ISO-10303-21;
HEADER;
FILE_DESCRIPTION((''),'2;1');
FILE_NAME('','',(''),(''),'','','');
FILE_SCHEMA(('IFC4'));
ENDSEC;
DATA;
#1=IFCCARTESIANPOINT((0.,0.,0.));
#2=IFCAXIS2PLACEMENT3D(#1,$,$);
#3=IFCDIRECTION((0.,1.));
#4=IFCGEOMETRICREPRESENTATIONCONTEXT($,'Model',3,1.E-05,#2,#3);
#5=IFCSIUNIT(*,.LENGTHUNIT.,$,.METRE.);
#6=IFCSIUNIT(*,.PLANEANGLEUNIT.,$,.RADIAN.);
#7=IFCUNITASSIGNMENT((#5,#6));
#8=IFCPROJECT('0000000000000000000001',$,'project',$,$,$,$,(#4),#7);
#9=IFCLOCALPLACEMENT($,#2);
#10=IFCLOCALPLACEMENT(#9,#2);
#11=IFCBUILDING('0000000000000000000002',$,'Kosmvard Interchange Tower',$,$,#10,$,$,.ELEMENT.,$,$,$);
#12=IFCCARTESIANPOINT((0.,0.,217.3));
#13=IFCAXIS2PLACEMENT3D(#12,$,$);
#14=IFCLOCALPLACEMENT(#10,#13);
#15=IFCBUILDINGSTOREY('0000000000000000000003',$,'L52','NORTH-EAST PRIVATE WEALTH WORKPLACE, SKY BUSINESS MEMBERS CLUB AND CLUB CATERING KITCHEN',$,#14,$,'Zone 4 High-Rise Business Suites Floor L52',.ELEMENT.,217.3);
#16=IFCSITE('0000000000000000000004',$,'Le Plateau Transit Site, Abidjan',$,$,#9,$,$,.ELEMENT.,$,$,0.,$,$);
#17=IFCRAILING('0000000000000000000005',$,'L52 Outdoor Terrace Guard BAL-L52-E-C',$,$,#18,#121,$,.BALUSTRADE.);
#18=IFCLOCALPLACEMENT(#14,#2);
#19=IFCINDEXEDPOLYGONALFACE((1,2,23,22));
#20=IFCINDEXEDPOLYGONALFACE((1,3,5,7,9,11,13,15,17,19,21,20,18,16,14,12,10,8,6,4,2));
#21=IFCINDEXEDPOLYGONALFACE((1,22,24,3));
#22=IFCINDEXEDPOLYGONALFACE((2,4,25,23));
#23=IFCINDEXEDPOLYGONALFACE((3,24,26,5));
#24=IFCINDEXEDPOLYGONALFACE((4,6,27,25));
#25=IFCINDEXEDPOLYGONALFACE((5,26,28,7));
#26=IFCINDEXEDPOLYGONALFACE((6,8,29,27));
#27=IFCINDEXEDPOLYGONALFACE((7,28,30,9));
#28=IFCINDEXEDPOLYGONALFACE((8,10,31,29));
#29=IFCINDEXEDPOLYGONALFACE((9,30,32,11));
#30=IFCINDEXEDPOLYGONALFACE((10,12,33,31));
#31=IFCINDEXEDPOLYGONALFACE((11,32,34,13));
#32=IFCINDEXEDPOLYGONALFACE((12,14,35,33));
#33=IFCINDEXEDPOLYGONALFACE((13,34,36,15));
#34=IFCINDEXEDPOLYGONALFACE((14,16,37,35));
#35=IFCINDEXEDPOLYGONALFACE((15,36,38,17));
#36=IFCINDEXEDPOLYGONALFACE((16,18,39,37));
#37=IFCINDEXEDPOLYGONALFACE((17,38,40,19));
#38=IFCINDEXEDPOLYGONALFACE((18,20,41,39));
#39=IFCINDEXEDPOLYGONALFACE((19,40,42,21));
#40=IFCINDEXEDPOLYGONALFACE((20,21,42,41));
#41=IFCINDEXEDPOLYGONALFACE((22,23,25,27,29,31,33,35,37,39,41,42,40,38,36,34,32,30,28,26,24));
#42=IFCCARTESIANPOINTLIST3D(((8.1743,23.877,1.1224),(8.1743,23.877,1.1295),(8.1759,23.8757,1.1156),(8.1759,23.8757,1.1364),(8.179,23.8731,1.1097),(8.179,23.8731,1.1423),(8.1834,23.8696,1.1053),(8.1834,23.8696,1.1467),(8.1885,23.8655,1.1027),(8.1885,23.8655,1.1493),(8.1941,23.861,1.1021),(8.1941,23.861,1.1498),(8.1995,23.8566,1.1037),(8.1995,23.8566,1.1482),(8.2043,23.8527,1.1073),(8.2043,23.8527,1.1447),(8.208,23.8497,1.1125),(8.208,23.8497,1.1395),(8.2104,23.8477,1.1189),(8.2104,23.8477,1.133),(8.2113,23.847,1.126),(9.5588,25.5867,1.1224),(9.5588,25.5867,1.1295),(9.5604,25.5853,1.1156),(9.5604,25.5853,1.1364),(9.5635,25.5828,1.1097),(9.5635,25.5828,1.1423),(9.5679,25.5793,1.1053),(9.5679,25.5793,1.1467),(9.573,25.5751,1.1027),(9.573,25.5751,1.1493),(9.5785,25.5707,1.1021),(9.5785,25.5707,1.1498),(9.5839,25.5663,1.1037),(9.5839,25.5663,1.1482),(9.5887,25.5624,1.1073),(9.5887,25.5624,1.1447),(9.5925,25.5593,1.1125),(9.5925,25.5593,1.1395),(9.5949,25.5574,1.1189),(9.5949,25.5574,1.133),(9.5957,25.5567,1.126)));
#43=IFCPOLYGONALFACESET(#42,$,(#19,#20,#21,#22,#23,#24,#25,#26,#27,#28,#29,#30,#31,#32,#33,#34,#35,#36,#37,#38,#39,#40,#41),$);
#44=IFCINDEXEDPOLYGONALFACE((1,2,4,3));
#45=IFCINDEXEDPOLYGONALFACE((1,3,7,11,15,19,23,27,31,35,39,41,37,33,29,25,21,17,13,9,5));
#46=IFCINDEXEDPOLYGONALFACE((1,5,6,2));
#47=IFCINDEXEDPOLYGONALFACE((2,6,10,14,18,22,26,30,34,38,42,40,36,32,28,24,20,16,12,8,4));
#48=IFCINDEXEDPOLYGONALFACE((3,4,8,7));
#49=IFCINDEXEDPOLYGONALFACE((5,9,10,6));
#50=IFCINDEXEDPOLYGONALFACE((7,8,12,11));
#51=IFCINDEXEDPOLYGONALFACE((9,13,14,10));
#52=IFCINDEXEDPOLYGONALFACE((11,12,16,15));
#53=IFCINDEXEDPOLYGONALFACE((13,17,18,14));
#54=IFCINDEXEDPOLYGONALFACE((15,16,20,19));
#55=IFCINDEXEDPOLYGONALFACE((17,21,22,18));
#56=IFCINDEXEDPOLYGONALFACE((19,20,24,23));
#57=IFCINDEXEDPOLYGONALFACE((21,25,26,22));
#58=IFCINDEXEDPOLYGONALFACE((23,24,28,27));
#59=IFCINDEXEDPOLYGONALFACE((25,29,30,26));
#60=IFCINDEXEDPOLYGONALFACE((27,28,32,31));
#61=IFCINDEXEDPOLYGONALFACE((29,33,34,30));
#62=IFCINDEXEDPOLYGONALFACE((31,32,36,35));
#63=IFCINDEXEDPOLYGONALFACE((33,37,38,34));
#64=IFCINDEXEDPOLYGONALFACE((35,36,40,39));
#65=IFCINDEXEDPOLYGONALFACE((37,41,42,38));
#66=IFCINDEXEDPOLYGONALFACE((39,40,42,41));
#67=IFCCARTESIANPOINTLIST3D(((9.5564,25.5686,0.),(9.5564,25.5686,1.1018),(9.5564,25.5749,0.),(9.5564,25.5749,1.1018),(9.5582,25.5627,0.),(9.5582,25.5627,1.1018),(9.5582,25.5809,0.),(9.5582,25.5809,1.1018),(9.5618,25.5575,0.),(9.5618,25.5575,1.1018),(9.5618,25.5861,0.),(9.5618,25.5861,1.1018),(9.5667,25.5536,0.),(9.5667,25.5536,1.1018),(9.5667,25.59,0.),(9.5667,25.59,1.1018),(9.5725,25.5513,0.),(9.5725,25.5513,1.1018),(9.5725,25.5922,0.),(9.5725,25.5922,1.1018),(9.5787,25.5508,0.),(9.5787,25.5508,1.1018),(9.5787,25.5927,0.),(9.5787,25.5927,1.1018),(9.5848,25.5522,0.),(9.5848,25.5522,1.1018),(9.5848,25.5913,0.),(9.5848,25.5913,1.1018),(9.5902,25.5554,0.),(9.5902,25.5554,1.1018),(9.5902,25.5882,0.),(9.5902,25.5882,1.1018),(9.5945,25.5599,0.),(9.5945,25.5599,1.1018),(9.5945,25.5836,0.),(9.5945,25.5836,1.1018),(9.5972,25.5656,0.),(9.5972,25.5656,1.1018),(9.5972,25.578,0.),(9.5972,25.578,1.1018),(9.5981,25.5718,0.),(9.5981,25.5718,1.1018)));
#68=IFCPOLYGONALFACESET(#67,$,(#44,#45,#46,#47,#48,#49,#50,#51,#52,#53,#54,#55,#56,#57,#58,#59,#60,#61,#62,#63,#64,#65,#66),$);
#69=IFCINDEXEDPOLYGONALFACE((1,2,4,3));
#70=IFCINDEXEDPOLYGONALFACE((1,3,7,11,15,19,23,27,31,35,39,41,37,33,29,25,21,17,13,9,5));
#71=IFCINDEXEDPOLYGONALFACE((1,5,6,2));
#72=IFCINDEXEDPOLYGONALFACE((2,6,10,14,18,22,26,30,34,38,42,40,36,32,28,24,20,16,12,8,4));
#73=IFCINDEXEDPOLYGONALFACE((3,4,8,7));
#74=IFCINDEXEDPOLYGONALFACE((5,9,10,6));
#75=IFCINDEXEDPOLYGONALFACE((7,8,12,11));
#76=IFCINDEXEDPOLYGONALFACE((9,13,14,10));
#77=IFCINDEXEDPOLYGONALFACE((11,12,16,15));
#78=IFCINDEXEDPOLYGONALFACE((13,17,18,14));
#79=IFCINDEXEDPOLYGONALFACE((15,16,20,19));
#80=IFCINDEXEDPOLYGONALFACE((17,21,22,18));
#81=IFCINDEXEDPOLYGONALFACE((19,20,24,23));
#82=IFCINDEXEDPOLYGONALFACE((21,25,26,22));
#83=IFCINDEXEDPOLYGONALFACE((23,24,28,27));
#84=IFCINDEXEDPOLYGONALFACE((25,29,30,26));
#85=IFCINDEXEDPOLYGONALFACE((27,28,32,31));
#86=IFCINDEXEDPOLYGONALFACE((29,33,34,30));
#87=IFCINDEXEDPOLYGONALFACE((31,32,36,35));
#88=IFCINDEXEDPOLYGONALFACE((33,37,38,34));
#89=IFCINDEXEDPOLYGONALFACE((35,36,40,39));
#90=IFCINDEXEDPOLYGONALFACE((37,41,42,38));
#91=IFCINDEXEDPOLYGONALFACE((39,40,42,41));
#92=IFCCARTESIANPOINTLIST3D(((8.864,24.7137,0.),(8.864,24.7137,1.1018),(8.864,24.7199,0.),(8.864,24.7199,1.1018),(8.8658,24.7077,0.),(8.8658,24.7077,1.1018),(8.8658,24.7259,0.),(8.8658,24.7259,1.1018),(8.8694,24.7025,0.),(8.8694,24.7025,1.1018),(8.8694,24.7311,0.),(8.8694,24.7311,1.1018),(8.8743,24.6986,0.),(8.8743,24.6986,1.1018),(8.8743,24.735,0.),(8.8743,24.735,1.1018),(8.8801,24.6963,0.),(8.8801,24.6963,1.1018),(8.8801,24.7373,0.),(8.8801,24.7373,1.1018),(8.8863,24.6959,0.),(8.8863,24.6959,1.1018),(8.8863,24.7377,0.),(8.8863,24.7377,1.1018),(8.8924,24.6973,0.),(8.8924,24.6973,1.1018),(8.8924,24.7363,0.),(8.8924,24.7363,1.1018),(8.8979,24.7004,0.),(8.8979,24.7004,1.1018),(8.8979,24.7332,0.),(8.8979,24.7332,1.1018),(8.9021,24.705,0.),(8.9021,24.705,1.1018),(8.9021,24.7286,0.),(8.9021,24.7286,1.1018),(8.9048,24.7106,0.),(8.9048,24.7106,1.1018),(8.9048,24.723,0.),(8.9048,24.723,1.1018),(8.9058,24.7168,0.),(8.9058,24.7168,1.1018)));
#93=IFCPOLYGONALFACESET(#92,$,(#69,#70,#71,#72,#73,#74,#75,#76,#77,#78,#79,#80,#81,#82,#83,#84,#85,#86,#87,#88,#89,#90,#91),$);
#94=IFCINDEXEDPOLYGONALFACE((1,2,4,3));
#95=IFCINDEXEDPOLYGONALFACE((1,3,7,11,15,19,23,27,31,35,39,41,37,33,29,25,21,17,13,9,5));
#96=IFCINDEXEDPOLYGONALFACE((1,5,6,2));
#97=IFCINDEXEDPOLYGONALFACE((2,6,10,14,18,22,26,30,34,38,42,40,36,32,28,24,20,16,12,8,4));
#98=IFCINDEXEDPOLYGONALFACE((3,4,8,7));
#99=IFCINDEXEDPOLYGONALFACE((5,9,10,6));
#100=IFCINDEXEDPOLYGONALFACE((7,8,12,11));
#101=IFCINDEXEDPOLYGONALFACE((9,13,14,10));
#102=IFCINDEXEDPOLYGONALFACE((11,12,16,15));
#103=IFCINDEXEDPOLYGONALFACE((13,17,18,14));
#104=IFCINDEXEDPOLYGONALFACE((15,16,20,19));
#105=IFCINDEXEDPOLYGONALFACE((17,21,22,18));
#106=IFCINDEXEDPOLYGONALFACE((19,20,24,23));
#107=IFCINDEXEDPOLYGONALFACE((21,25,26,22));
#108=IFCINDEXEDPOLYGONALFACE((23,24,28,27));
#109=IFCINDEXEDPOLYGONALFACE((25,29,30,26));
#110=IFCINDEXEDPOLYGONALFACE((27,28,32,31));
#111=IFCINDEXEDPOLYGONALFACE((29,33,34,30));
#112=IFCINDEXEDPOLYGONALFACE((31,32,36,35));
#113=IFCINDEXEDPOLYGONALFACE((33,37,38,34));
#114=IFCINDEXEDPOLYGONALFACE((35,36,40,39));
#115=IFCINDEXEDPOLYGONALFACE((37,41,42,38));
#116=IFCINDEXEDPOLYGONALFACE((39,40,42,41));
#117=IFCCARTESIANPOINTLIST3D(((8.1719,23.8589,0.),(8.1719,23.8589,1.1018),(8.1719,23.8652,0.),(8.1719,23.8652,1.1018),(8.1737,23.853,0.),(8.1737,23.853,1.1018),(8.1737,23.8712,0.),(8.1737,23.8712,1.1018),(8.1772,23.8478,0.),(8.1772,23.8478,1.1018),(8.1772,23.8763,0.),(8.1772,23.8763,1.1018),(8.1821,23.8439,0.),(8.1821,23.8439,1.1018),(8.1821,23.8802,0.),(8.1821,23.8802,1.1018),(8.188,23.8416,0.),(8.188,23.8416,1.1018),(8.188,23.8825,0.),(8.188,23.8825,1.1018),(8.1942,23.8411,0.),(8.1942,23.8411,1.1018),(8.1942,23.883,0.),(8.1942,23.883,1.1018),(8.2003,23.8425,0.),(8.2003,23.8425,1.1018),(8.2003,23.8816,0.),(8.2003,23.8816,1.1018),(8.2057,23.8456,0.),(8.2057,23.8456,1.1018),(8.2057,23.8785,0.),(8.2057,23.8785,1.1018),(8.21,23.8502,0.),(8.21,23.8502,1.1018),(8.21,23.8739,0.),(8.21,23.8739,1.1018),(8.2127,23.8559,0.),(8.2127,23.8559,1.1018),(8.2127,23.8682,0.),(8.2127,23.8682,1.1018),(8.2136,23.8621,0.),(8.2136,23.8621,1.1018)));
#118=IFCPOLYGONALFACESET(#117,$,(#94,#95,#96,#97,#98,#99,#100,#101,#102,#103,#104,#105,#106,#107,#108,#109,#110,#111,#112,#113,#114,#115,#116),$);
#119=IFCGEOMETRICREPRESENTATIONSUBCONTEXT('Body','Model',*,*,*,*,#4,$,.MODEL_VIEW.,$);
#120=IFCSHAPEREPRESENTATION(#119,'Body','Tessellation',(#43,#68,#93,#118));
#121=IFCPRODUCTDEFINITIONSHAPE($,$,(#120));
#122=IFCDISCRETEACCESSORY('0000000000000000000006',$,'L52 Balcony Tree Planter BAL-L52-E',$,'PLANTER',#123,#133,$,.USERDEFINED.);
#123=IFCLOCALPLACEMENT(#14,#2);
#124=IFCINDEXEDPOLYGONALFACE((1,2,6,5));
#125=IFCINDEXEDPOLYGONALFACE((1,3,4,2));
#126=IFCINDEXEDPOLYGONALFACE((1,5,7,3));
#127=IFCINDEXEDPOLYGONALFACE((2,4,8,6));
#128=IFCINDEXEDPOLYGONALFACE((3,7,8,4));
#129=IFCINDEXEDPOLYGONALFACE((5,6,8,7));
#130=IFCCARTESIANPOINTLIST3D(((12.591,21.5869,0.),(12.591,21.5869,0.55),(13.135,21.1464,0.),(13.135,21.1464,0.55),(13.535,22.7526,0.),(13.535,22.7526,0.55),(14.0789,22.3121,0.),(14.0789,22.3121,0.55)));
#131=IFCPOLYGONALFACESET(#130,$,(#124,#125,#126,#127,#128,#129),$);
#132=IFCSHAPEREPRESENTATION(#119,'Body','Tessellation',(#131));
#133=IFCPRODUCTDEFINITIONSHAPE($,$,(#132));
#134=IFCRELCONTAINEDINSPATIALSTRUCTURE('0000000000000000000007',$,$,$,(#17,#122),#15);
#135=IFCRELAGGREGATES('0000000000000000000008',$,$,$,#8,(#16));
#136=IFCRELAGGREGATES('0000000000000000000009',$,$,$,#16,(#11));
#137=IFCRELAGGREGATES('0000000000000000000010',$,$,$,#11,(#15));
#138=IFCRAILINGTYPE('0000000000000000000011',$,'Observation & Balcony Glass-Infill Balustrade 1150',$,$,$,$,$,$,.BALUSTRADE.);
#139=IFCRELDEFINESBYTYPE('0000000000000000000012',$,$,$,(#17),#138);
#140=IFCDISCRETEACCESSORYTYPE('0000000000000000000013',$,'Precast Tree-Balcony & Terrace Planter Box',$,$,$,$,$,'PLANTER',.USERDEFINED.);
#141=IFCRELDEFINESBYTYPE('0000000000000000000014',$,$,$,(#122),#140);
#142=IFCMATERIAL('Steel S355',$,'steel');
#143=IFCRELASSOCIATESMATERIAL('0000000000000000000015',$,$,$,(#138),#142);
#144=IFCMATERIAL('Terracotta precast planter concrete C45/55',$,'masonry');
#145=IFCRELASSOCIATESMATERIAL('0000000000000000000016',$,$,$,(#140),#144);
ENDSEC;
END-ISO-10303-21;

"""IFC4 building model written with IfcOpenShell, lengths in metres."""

from ifc_helpers import new_model, si_unit, direction, frame, origin, origin_2d, place, context, subcontext, project, spatial, rectangle, circle, extrude, source, transform, mapped, material, type_object, element, save


model = new_model("IFC4")

# Units and contexts
model_context = context("Model", 3, precision=1e-05, world=origin(), true_north=direction((0.0, 1.0)))
body_context = subcontext(model_context, "Body", "Model", "MODEL_VIEW")
ifc_project = project(units=[si_unit("LENGTHUNIT", "METRE"), si_unit("PLANEANGLEUNIT", "RADIAN")], contexts=[model_context])

# Site, building, storey
site_placement = place(None, origin())
site = spatial("IfcSite", under=ifc_project, at=site_placement, Name="Le Plateau Transit Site, Abidjan", CompositionType="ELEMENT", RefElevation=0.0)
building_placement = place(site_placement, origin())
building = spatial("IfcBuilding", under=site, at=building_placement, Name="Kosmvard Interchange Tower", CompositionType="ELEMENT")
storey_placement = place(building_placement, frame((0.0, 0.0, 217.3)))
storey = spatial("IfcBuildingStorey", under=building, at=storey_placement, Name="L52", Description="NORTH-EAST PRIVATE WEALTH WORKPLACE, SKY BUSINESS MEMBERS CLUB AND CLUB CATERING KITCHEN", LongName="Zone 4 High-Rise Business Suites Floor L52", CompositionType="ELEMENT", Elevation=217.3)

# Shared definitions
ifc_material_1 = material(Name="Steel S355", Category="steel")

# Railing
railing_type = type_object("IfcRailingType", Name="Observation & Balcony Glass-Infill Balustrade 1150", PredefinedType="BALUSTRADE", material=ifc_material_1)
shared_shape_1 = source(origin(), body_context, "Body", "SweptSolid", [
    extrude(circle(Radius=0.0239, at=origin_2d()), frame((0.0, 0.0, 1.126), z_axis=(-0.629326, -0.777141, 0.0), x_axis=(0.777141, -0.629326, 0.0)), (0.0, 0.0, 1.0), 2.2),
    extrude(circle(Radius=0.021, at=origin_2d()), origin(), (0.0, 0.0, 1.0), 1.1018),
    extrude(circle(Radius=0.021, at=origin_2d()), frame((-0.6924, -0.855, 0.0)), (0.0, 0.0, 1.0), 1.1018),
    extrude(circle(Radius=0.021, at=origin_2d()), frame((-1.3845, -1.7097, 0.0)), (0.0, 0.0, 1.0), 1.1018),
])
railing_1_placement = place(storey_placement, frame((9.5771, 25.5718, 0.0)))
element("IfcRailing", 1, at=railing_1_placement, inside=storey, type_object=railing_type, Name="L52 Outdoor Terrace Guard BAL-L52-E-C", PredefinedType="BALUSTRADE", context=body_context, shape_type="MappedRepresentation", body=[
    mapped(shared_shape_1, transform((0.0, 0.0, 0.0), scale=1.0)),
])

# Discrete accessory
ifc_material_2 = material(Name="Terracotta precast planter concrete C45/55", Category="masonry")
discrete_accessory_type = type_object("IfcDiscreteAccessoryType", Name="Precast Tree-Balcony & Terrace Planter Box", ElementType="PLANTER", PredefinedType="USERDEFINED", material=ifc_material_2)
shared_shape_2 = source(origin(), body_context, "Body", "SweptSolid", [
    extrude(rectangle(XDim=1.5, YDim=0.7, at=origin_2d()), origin(), (0.0, 0.0, 1.0), 0.55),
])
discrete_accessory_placement = place(storey_placement, frame((13.335, 21.9495, 0.0), z_axis=(0.0, 0.0, 1.0), x_axis=(0.62932, 0.777146, 0.0)))
element("IfcDiscreteAccessory", 2, at=discrete_accessory_placement, inside=storey, type_object=discrete_accessory_type, Name="L52 Balcony Tree Planter BAL-L52-E", ObjectType="PLANTER", PredefinedType="USERDEFINED", context=body_context, shape_type="MappedRepresentation", body=[
    mapped(shared_shape_2, transform((0.0, 0.0, 0.0), scale=1.0)),
])

save(model, "model.ifc")
